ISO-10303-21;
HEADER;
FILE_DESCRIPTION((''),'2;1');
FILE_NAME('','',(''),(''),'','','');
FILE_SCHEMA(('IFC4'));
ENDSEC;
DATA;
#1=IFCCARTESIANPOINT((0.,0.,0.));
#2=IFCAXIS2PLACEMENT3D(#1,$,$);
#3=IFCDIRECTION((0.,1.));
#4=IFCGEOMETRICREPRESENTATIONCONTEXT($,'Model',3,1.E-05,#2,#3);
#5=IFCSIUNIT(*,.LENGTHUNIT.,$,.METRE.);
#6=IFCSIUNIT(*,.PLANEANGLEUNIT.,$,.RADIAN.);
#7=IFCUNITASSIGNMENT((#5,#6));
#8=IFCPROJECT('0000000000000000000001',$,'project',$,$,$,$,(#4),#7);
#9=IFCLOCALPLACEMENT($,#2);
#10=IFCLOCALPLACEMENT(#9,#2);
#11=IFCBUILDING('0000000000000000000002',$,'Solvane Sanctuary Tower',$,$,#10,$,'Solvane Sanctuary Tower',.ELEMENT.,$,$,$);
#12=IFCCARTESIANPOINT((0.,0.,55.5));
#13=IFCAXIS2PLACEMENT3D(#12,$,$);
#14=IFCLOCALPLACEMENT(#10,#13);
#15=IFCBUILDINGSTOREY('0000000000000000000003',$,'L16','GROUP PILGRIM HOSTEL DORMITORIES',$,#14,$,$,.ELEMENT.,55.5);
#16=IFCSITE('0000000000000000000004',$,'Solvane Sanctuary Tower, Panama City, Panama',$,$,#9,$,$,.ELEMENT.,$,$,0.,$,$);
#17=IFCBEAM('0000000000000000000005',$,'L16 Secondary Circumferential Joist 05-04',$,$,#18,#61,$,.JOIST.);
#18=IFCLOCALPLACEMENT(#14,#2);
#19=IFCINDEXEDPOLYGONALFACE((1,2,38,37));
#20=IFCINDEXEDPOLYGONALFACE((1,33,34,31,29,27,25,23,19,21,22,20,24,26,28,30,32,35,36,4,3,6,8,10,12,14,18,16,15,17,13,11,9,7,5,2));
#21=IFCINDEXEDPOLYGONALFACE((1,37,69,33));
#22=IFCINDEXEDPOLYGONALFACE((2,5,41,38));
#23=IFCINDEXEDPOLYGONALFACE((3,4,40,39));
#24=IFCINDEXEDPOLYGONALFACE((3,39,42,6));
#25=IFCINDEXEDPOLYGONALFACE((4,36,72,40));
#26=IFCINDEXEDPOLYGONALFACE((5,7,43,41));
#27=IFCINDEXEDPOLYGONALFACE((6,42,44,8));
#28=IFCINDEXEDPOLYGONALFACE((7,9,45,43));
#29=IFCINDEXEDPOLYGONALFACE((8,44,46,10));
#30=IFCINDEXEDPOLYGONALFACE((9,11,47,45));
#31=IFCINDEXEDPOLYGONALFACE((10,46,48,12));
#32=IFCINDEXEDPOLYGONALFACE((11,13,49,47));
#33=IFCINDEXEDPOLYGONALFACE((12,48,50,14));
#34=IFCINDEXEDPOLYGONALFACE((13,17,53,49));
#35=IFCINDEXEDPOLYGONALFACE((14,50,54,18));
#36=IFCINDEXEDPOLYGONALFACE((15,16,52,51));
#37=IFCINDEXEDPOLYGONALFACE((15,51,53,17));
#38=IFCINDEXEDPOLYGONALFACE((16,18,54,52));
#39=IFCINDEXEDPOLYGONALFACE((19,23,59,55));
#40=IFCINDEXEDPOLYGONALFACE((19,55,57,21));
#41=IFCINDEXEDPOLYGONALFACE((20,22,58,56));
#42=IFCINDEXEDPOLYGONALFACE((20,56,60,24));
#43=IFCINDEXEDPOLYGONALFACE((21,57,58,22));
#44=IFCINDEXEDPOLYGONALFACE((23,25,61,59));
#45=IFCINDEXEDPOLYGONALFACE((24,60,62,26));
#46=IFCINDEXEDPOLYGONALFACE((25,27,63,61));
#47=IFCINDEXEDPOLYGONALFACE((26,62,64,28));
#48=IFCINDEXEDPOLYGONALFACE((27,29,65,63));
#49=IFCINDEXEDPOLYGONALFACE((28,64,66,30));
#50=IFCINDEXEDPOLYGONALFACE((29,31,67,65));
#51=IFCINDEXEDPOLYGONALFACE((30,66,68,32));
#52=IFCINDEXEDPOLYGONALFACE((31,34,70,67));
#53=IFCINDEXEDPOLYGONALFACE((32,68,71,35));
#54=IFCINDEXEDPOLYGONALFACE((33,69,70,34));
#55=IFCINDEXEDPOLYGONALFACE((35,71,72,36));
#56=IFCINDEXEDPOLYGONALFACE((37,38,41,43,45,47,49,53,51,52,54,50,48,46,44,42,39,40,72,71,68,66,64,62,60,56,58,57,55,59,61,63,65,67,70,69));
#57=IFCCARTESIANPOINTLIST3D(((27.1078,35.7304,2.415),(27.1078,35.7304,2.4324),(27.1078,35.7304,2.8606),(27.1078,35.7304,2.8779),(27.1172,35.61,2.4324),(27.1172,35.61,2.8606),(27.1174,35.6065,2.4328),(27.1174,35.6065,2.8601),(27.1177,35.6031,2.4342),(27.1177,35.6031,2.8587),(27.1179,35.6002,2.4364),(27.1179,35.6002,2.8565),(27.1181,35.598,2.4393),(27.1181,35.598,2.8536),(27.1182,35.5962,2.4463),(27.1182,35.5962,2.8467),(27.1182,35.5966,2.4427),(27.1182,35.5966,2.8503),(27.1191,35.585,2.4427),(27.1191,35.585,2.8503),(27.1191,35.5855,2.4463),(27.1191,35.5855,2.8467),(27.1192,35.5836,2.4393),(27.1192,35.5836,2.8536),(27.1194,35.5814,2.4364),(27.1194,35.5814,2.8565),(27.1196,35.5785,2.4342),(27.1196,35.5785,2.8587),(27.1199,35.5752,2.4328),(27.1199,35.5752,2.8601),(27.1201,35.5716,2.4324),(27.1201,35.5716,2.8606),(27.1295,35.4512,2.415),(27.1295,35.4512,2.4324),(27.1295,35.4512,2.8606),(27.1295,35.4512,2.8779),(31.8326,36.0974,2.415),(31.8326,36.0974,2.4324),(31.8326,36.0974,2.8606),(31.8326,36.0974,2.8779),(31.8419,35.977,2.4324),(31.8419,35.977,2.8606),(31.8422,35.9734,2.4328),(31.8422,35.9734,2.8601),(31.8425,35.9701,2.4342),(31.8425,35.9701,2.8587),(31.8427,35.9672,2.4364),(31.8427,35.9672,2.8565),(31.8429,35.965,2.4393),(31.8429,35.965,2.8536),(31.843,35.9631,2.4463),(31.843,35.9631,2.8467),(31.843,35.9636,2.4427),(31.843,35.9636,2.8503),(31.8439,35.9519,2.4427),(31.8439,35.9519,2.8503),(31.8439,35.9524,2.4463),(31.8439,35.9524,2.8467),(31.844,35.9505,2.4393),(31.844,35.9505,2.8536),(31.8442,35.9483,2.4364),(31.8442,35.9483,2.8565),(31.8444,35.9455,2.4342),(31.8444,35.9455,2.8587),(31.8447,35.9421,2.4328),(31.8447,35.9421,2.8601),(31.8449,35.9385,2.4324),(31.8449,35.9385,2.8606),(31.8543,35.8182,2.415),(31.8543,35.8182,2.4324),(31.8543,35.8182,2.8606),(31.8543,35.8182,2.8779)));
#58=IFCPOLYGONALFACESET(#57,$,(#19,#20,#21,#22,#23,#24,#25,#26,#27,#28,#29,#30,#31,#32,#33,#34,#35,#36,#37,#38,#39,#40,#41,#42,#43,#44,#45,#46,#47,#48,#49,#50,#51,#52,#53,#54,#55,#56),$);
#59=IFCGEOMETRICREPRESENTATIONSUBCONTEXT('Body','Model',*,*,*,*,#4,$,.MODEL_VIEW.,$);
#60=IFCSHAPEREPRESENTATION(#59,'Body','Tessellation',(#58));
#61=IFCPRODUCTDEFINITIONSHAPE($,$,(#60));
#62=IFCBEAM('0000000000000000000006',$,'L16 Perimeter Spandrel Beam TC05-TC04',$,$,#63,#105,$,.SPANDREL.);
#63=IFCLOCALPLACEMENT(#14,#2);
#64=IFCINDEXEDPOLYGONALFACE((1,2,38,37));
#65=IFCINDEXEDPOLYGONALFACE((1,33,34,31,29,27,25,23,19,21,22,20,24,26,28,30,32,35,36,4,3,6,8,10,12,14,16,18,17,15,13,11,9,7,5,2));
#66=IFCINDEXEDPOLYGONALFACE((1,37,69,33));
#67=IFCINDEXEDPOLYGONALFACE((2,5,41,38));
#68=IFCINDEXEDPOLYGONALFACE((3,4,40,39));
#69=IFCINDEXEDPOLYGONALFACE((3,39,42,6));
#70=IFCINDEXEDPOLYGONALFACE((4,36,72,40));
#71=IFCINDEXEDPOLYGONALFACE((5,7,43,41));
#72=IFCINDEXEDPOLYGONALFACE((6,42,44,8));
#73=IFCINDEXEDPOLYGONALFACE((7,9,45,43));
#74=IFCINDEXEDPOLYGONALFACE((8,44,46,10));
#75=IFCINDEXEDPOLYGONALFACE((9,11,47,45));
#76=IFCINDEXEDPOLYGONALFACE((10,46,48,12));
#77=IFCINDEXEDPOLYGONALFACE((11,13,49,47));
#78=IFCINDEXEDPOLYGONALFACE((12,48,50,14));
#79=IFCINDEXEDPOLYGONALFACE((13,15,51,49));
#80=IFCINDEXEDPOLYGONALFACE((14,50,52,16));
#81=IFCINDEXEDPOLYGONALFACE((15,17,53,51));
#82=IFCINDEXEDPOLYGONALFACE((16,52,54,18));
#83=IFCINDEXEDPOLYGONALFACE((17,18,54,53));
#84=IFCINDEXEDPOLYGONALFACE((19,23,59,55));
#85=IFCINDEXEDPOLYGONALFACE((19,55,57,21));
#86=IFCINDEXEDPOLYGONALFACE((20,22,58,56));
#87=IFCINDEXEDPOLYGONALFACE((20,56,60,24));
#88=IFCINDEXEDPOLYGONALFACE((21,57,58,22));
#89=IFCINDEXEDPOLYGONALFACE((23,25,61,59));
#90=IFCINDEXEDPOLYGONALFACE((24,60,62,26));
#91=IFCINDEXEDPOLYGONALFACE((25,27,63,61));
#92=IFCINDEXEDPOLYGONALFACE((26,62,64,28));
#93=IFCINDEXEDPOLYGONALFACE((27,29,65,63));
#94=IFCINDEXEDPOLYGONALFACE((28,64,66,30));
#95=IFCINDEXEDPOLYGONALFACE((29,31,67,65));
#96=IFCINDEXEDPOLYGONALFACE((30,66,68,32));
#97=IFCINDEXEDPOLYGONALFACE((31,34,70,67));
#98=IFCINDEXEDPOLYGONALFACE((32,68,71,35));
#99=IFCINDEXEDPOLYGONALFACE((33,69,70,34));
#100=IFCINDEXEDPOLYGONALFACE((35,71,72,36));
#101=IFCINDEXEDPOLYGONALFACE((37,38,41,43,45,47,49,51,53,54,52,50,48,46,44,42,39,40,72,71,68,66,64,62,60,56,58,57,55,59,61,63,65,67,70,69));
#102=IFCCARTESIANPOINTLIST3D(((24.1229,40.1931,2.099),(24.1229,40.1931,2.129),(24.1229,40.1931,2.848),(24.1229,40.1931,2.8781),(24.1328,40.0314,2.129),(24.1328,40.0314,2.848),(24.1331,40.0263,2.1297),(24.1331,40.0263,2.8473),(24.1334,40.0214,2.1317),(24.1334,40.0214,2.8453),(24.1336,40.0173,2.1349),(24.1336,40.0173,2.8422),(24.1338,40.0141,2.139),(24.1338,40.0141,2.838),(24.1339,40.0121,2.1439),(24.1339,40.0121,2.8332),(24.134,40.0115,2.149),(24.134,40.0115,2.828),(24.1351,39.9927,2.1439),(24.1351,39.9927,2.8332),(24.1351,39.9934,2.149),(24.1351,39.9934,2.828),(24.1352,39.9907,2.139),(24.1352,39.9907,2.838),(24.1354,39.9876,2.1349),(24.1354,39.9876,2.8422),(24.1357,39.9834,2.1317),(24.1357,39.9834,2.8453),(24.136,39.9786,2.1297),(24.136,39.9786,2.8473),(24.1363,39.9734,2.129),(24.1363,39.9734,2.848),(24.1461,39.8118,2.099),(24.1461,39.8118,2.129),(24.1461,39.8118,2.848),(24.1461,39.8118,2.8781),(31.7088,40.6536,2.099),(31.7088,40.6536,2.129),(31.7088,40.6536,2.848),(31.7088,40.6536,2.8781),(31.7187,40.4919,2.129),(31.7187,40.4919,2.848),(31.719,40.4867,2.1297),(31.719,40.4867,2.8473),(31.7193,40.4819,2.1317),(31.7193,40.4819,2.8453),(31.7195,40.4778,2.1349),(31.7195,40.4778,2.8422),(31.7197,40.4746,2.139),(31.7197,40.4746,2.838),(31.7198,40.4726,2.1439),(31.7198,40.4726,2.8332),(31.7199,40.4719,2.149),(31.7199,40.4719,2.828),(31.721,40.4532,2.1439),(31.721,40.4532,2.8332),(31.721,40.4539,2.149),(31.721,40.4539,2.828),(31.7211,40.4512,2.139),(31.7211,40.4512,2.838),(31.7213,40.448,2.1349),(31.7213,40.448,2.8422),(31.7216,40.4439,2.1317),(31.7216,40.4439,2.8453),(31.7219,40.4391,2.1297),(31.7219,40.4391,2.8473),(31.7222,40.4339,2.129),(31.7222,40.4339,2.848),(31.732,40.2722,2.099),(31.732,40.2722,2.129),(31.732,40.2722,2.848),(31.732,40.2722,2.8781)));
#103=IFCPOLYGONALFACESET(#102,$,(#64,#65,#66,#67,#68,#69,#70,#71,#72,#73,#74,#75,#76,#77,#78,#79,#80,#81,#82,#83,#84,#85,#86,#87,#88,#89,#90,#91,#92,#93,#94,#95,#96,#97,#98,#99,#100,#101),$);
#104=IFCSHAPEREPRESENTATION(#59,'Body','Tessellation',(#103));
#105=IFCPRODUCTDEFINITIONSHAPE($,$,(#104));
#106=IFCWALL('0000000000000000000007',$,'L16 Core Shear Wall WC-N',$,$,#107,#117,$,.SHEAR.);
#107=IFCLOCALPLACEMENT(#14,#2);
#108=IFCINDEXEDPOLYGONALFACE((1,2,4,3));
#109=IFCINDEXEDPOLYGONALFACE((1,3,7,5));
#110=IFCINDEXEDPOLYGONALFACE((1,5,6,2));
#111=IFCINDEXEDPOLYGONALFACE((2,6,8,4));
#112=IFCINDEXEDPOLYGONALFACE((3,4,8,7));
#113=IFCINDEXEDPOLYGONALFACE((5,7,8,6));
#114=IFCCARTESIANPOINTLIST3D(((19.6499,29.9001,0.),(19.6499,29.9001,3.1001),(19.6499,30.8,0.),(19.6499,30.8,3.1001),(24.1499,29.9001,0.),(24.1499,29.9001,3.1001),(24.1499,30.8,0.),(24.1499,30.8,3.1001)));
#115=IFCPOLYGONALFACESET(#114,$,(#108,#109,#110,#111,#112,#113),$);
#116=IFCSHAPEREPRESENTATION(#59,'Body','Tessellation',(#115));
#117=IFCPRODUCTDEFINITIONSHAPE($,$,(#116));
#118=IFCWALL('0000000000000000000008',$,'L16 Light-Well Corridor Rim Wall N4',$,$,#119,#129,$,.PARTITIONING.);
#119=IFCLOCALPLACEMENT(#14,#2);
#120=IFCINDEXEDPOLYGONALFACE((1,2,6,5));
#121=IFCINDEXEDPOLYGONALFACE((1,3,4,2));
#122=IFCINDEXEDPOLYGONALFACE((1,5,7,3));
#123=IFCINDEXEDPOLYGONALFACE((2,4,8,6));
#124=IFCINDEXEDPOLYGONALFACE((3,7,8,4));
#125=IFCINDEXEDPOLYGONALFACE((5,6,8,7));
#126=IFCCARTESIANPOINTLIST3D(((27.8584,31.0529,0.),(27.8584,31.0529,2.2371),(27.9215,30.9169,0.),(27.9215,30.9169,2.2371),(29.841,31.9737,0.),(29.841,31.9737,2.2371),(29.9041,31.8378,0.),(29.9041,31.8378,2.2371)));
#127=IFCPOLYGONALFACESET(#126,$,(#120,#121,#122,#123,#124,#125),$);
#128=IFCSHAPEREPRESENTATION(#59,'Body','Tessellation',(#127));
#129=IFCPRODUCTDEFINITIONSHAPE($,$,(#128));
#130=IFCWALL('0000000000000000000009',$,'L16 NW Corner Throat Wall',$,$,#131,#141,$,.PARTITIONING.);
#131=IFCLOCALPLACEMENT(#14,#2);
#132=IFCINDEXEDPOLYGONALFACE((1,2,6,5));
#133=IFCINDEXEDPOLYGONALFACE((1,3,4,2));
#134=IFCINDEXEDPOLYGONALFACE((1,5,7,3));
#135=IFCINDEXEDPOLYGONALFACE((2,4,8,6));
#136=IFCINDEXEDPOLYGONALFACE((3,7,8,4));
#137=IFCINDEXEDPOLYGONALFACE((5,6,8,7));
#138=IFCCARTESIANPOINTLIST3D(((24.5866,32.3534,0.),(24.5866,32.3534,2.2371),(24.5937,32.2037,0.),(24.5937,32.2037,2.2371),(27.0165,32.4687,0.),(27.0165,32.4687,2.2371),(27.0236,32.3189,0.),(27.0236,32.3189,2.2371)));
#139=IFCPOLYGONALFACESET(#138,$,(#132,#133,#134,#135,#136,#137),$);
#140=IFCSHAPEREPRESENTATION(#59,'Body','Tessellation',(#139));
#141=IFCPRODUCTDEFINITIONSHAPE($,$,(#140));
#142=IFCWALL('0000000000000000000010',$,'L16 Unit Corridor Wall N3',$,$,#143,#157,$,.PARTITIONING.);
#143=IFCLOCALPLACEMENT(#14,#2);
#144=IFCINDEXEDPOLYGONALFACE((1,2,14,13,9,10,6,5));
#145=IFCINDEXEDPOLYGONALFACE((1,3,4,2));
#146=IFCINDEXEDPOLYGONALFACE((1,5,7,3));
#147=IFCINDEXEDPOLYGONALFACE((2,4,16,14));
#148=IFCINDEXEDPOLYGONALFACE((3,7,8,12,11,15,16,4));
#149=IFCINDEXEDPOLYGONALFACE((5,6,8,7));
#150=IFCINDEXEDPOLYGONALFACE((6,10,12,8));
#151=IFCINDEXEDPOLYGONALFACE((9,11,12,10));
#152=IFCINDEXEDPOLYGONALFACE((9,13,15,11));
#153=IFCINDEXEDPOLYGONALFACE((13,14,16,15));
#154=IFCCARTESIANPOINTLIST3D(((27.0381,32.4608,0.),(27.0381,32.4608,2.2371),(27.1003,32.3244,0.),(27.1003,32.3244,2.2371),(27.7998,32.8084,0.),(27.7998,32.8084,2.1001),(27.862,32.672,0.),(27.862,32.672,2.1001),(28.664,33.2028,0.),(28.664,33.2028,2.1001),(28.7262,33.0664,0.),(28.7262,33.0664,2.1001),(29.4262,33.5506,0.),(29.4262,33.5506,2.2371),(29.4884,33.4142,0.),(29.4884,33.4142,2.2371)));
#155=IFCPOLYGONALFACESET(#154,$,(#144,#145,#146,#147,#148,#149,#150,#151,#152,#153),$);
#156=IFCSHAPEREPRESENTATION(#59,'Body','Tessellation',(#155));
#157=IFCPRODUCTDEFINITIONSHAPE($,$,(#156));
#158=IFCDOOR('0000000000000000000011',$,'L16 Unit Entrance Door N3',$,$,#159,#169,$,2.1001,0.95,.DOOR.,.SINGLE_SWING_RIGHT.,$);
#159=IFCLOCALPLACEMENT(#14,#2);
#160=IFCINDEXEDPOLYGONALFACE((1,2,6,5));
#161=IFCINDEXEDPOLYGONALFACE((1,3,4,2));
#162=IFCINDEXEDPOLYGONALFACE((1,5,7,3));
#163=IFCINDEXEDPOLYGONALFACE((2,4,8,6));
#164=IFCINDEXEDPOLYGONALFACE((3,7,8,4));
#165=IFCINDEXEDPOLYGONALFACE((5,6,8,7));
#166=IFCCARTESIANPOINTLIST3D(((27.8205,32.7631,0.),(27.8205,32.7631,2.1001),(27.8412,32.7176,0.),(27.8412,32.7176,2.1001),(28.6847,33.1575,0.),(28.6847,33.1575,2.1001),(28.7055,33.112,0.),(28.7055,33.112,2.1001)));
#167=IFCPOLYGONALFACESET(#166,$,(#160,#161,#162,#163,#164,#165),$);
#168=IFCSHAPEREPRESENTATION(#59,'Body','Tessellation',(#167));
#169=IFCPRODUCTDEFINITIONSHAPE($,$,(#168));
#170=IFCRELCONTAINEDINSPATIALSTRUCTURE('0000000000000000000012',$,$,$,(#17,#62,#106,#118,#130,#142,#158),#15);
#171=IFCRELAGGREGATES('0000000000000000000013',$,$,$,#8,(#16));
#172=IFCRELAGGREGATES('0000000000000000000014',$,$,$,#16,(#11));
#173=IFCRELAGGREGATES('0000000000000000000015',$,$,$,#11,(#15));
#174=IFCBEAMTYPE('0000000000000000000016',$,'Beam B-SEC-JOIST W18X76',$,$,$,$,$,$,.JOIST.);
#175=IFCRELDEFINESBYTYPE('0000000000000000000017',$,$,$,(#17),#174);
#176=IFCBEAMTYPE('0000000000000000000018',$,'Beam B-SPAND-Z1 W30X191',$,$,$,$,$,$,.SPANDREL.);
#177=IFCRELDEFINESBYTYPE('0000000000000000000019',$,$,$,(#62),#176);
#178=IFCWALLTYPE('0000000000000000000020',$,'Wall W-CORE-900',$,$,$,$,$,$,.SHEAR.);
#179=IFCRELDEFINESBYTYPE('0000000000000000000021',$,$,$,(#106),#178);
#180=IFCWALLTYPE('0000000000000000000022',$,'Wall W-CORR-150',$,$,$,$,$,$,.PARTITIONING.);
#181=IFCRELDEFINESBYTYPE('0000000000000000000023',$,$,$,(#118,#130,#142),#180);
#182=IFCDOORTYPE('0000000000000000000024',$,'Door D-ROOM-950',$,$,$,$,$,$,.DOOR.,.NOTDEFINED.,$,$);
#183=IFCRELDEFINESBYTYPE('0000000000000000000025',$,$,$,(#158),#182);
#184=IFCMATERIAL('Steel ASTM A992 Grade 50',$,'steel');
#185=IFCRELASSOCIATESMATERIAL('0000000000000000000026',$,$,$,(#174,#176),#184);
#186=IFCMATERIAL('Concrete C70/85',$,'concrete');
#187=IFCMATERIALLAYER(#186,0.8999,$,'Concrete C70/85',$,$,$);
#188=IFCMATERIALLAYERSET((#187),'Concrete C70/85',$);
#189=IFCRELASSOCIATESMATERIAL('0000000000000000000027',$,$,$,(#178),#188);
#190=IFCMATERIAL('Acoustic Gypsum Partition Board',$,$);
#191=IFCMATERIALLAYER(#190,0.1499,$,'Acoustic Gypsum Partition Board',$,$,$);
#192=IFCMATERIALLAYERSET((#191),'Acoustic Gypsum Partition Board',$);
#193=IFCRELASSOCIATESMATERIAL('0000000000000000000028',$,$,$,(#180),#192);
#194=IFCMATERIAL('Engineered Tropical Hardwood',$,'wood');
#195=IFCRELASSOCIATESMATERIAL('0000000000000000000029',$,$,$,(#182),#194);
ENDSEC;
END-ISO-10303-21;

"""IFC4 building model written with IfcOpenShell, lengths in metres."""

from ifc_helpers import new_model, si_unit, direction, frame, frame_2d, origin, origin_2d, place, context, subcontext, project, spatial, rectangle, i_section, extrude, material, layer, layer_set, material_profile, profile_set, type_object, element, fill, save


model = new_model("IFC4")

# Units and contexts
model_context = context("Model", 3, precision=1e-05, world=origin(), true_north=direction((0.0, 1.0)))
body_context = subcontext(model_context, "Body", "Model", "MODEL_VIEW")
ifc_project = project(units=[si_unit("LENGTHUNIT", "METRE"), si_unit("PLANEANGLEUNIT", "RADIAN")], contexts=[model_context])

# Site, building, storey
site_placement = place(None, origin())
site = spatial("IfcSite", under=ifc_project, at=site_placement, Name="Solvane Sanctuary Tower, Panama City, Panama", CompositionType="ELEMENT", RefElevation=0.0)
building_placement = place(site_placement, origin())
building = spatial("IfcBuilding", under=site, at=building_placement, Name="Solvane Sanctuary Tower", LongName="Solvane Sanctuary Tower", CompositionType="ELEMENT")
storey_placement = place(building_placement, frame((0.0, 0.0, 55.5)))
storey = spatial("IfcBuildingStorey", under=building, at=storey_placement, Name="L16", Description="GROUP PILGRIM HOSTEL DORMITORIES", CompositionType="ELEMENT", Elevation=55.5)

# Shared definitions
ifc_material_1 = material(Name="Concrete C70/85", Category="concrete")

# Beams
ifc_material_2 = material(Name="Steel ASTM A992 Grade 50", Category="steel")
ifc_material_profile_1 = material_profile(ifc_material_2, i_section(OverallWidth=0.28, OverallDepth=0.4629, WebThickness=0.0107, FlangeThickness=0.0173, FilletRadius=0.0139, at=origin_2d()), Name="W18X76")
ifc_profile_set_1 = profile_set([ifc_material_profile_1], Name="Steel ASTM A992 Grade 50")
beam_type_1 = type_object("IfcBeamType", Name="Beam B-SEC-JOIST W18X76", PredefinedType="JOIST", material=ifc_profile_set_1)
beam_1_placement = place(storey_placement, frame((27.1187, 35.5908, 2.6465), z_axis=(0.996998, 0.077429, 0.0), x_axis=(-0.077429, 0.996998, 0.0)))
element("IfcBeam", 1, at=beam_1_placement, inside=storey, type_object=beam_type_1, Name="L16 Secondary Circumferential Joist 05-04", PredefinedType="JOIST", context=body_context, shape_type="SweptSolid", body=[
    extrude(i_section(OverallWidth=0.28, OverallDepth=0.4629, WebThickness=0.0107, FlangeThickness=0.0173, FilletRadius=0.0139, at=origin_2d()), origin(), (0.0, 0.0, 1.0), 4.739),
])
ifc_material_profile_2 = material_profile(ifc_material_2, i_section(OverallWidth=0.3821, OverallDepth=0.7791, WebThickness=0.0181, FlangeThickness=0.03, FilletRadius=0.02, at=origin_2d()), Name="W30X191")
ifc_profile_set_2 = profile_set([ifc_material_profile_2], Name="Steel ASTM A992 Grade 50")
beam_type_2 = type_object("IfcBeamType", Name="Beam B-SPAND-Z1 W30X191", PredefinedType="SPANDREL", material=ifc_profile_set_2)
beam_2_placement = place(storey_placement, frame((24.1345, 40.0024, 2.4885), z_axis=(0.998163, 0.060586, 0.0), x_axis=(-0.060586, 0.998163, 0.0)))
element("IfcBeam", 2, at=beam_2_placement, inside=storey, type_object=beam_type_2, Name="L16 Perimeter Spandrel Beam TC05-TC04", PredefinedType="SPANDREL", context=body_context, shape_type="SweptSolid", body=[
    extrude(i_section(OverallWidth=0.3821, OverallDepth=0.7791, WebThickness=0.0181, FlangeThickness=0.03, FilletRadius=0.02, at=origin_2d()), origin(), (0.0, 0.0, 1.0), 7.5999),
])

# Walls
ifc_layer_1 = layer(ifc_material_1, 0.8999, Name="Concrete C70/85")
ifc_layer_set_1 = layer_set([ifc_layer_1], Name="Concrete C70/85")
wall_type_1 = type_object("IfcWallType", Name="Wall W-CORE-900", PredefinedType="SHEAR", material=ifc_layer_set_1)
wall_1_placement = place(storey_placement, frame((19.6499, 30.3501, 0.0), z_axis=(0.0, 0.0, 1.0), x_axis=(1.0, 0.0, 0.0)))
element("IfcWall", 3, at=wall_1_placement, inside=storey, type_object=wall_type_1, Name="L16 Core Shear Wall WC-N", PredefinedType="SHEAR", context=body_context, shape_type="SweptSolid", body=[
    extrude(rectangle(XDim=4.5, YDim=0.8999, at=frame_2d((2.25, 0.0))), origin(), (0.0, 0.0, 1.0), 3.1001),
])
ifc_material_3 = material(Name="Acoustic Gypsum Partition Board")
ifc_layer_2 = layer(ifc_material_3, 0.1499, Name="Acoustic Gypsum Partition Board")
ifc_layer_set_2 = layer_set([ifc_layer_2], Name="Acoustic Gypsum Partition Board")
wall_type_2 = type_object("IfcWallType", Name="Wall W-CORR-150", PredefinedType="PARTITIONING", material=ifc_layer_set_2)
wall_2_placement = place(storey_placement, frame((29.8726, 31.9058, 0.0), z_axis=(0.0, 0.0, 1.0), x_axis=(-0.906943, -0.421252, 0.0)))
element("IfcWall", 4, at=wall_2_placement, inside=storey, type_object=wall_type_2, Name="L16 Light-Well Corridor Rim Wall N4", PredefinedType="PARTITIONING", context=body_context, shape_type="SweptSolid", body=[
    extrude(rectangle(XDim=2.186, YDim=0.1499, at=frame_2d((1.093, 0.0))), origin(), (0.0, 0.0, 1.0), 2.2371),
])
wall_3_placement = place(storey_placement, frame((27.02, 32.3938, 0.0), z_axis=(0.0, 0.0, 1.0), x_axis=(-0.998877, -0.04737, 0.0)))
element("IfcWall", 5, at=wall_3_placement, inside=storey, type_object=wall_type_2, Name="L16 NW Corner Throat Wall", PredefinedType="PARTITIONING", context=body_context, shape_type="SweptSolid", body=[
    extrude(rectangle(XDim=2.4326, YDim=0.1499, at=frame_2d((1.2163, 0.0))), origin(), (0.0, 0.0, 1.0), 2.2371),
])

# Wall, opening, door
wall_4_placement = place(storey_placement, frame((29.4573, 33.4824, 0.0), z_axis=(0.0, 0.0, 1.0), x_axis=(-0.909748, -0.415162, 0.0)))
wall_4 = element("IfcWall", 6, at=wall_4_placement, inside=storey, type_object=wall_type_2, Name="L16 Unit Corridor Wall N3", PredefinedType="PARTITIONING", context=body_context, shape_type="SweptSolid", body=[
    extrude(rectangle(XDim=2.625, YDim=0.1499, at=frame_2d((1.3125, 0.0))), origin(), (0.0, 0.0, 1.0), 2.2371),
])
opening_1_placement = place(wall_4_placement, frame((0.8376, 0.0, 0.0)))
opening_1 = element("IfcOpeningElement", 7, at=opening_1_placement, cuts=wall_4, PredefinedType="OPENING", context=body_context, shape_type="SweptSolid", body=[
    extrude(rectangle(XDim=0.95, YDim=2.1001, at=frame_2d((0.4751, 1.05))), frame((0.0, 0.085, 0.0), z_axis=(0.0, -1.0, 0.0), x_axis=(1.0, 0.0, 0.0)), (0.0, 0.0, 1.0), 0.1699),
])
ifc_material_4 = material(Name="Engineered Tropical Hardwood", Category="wood")
door_type = type_object("IfcDoorType", Name="Door D-ROOM-950", OperationType="NOTDEFINED", PredefinedType="DOOR", material=ifc_material_4)
door_1_placement = place(opening_1_placement, origin())
door_1 = element("IfcDoor", 8, at=door_1_placement, inside=storey, type_object=door_type, Name="L16 Unit Entrance Door N3", OperationType="SINGLE_SWING_RIGHT", OverallHeight=2.1001, OverallWidth=0.95, PredefinedType="DOOR", context=body_context, shape_type="SweptSolid", body=[
    extrude(rectangle(XDim=0.95, YDim=2.1001, at=frame_2d((0.4751, 1.05))), frame((0.0, 0.0249, 0.0), z_axis=(0.0, -1.0, 0.0), x_axis=(1.0, 0.0, 0.0)), (0.0, 0.0, 1.0), 0.05),
])
fill(opening_1, door_1)

save(model, "model.ifc")
